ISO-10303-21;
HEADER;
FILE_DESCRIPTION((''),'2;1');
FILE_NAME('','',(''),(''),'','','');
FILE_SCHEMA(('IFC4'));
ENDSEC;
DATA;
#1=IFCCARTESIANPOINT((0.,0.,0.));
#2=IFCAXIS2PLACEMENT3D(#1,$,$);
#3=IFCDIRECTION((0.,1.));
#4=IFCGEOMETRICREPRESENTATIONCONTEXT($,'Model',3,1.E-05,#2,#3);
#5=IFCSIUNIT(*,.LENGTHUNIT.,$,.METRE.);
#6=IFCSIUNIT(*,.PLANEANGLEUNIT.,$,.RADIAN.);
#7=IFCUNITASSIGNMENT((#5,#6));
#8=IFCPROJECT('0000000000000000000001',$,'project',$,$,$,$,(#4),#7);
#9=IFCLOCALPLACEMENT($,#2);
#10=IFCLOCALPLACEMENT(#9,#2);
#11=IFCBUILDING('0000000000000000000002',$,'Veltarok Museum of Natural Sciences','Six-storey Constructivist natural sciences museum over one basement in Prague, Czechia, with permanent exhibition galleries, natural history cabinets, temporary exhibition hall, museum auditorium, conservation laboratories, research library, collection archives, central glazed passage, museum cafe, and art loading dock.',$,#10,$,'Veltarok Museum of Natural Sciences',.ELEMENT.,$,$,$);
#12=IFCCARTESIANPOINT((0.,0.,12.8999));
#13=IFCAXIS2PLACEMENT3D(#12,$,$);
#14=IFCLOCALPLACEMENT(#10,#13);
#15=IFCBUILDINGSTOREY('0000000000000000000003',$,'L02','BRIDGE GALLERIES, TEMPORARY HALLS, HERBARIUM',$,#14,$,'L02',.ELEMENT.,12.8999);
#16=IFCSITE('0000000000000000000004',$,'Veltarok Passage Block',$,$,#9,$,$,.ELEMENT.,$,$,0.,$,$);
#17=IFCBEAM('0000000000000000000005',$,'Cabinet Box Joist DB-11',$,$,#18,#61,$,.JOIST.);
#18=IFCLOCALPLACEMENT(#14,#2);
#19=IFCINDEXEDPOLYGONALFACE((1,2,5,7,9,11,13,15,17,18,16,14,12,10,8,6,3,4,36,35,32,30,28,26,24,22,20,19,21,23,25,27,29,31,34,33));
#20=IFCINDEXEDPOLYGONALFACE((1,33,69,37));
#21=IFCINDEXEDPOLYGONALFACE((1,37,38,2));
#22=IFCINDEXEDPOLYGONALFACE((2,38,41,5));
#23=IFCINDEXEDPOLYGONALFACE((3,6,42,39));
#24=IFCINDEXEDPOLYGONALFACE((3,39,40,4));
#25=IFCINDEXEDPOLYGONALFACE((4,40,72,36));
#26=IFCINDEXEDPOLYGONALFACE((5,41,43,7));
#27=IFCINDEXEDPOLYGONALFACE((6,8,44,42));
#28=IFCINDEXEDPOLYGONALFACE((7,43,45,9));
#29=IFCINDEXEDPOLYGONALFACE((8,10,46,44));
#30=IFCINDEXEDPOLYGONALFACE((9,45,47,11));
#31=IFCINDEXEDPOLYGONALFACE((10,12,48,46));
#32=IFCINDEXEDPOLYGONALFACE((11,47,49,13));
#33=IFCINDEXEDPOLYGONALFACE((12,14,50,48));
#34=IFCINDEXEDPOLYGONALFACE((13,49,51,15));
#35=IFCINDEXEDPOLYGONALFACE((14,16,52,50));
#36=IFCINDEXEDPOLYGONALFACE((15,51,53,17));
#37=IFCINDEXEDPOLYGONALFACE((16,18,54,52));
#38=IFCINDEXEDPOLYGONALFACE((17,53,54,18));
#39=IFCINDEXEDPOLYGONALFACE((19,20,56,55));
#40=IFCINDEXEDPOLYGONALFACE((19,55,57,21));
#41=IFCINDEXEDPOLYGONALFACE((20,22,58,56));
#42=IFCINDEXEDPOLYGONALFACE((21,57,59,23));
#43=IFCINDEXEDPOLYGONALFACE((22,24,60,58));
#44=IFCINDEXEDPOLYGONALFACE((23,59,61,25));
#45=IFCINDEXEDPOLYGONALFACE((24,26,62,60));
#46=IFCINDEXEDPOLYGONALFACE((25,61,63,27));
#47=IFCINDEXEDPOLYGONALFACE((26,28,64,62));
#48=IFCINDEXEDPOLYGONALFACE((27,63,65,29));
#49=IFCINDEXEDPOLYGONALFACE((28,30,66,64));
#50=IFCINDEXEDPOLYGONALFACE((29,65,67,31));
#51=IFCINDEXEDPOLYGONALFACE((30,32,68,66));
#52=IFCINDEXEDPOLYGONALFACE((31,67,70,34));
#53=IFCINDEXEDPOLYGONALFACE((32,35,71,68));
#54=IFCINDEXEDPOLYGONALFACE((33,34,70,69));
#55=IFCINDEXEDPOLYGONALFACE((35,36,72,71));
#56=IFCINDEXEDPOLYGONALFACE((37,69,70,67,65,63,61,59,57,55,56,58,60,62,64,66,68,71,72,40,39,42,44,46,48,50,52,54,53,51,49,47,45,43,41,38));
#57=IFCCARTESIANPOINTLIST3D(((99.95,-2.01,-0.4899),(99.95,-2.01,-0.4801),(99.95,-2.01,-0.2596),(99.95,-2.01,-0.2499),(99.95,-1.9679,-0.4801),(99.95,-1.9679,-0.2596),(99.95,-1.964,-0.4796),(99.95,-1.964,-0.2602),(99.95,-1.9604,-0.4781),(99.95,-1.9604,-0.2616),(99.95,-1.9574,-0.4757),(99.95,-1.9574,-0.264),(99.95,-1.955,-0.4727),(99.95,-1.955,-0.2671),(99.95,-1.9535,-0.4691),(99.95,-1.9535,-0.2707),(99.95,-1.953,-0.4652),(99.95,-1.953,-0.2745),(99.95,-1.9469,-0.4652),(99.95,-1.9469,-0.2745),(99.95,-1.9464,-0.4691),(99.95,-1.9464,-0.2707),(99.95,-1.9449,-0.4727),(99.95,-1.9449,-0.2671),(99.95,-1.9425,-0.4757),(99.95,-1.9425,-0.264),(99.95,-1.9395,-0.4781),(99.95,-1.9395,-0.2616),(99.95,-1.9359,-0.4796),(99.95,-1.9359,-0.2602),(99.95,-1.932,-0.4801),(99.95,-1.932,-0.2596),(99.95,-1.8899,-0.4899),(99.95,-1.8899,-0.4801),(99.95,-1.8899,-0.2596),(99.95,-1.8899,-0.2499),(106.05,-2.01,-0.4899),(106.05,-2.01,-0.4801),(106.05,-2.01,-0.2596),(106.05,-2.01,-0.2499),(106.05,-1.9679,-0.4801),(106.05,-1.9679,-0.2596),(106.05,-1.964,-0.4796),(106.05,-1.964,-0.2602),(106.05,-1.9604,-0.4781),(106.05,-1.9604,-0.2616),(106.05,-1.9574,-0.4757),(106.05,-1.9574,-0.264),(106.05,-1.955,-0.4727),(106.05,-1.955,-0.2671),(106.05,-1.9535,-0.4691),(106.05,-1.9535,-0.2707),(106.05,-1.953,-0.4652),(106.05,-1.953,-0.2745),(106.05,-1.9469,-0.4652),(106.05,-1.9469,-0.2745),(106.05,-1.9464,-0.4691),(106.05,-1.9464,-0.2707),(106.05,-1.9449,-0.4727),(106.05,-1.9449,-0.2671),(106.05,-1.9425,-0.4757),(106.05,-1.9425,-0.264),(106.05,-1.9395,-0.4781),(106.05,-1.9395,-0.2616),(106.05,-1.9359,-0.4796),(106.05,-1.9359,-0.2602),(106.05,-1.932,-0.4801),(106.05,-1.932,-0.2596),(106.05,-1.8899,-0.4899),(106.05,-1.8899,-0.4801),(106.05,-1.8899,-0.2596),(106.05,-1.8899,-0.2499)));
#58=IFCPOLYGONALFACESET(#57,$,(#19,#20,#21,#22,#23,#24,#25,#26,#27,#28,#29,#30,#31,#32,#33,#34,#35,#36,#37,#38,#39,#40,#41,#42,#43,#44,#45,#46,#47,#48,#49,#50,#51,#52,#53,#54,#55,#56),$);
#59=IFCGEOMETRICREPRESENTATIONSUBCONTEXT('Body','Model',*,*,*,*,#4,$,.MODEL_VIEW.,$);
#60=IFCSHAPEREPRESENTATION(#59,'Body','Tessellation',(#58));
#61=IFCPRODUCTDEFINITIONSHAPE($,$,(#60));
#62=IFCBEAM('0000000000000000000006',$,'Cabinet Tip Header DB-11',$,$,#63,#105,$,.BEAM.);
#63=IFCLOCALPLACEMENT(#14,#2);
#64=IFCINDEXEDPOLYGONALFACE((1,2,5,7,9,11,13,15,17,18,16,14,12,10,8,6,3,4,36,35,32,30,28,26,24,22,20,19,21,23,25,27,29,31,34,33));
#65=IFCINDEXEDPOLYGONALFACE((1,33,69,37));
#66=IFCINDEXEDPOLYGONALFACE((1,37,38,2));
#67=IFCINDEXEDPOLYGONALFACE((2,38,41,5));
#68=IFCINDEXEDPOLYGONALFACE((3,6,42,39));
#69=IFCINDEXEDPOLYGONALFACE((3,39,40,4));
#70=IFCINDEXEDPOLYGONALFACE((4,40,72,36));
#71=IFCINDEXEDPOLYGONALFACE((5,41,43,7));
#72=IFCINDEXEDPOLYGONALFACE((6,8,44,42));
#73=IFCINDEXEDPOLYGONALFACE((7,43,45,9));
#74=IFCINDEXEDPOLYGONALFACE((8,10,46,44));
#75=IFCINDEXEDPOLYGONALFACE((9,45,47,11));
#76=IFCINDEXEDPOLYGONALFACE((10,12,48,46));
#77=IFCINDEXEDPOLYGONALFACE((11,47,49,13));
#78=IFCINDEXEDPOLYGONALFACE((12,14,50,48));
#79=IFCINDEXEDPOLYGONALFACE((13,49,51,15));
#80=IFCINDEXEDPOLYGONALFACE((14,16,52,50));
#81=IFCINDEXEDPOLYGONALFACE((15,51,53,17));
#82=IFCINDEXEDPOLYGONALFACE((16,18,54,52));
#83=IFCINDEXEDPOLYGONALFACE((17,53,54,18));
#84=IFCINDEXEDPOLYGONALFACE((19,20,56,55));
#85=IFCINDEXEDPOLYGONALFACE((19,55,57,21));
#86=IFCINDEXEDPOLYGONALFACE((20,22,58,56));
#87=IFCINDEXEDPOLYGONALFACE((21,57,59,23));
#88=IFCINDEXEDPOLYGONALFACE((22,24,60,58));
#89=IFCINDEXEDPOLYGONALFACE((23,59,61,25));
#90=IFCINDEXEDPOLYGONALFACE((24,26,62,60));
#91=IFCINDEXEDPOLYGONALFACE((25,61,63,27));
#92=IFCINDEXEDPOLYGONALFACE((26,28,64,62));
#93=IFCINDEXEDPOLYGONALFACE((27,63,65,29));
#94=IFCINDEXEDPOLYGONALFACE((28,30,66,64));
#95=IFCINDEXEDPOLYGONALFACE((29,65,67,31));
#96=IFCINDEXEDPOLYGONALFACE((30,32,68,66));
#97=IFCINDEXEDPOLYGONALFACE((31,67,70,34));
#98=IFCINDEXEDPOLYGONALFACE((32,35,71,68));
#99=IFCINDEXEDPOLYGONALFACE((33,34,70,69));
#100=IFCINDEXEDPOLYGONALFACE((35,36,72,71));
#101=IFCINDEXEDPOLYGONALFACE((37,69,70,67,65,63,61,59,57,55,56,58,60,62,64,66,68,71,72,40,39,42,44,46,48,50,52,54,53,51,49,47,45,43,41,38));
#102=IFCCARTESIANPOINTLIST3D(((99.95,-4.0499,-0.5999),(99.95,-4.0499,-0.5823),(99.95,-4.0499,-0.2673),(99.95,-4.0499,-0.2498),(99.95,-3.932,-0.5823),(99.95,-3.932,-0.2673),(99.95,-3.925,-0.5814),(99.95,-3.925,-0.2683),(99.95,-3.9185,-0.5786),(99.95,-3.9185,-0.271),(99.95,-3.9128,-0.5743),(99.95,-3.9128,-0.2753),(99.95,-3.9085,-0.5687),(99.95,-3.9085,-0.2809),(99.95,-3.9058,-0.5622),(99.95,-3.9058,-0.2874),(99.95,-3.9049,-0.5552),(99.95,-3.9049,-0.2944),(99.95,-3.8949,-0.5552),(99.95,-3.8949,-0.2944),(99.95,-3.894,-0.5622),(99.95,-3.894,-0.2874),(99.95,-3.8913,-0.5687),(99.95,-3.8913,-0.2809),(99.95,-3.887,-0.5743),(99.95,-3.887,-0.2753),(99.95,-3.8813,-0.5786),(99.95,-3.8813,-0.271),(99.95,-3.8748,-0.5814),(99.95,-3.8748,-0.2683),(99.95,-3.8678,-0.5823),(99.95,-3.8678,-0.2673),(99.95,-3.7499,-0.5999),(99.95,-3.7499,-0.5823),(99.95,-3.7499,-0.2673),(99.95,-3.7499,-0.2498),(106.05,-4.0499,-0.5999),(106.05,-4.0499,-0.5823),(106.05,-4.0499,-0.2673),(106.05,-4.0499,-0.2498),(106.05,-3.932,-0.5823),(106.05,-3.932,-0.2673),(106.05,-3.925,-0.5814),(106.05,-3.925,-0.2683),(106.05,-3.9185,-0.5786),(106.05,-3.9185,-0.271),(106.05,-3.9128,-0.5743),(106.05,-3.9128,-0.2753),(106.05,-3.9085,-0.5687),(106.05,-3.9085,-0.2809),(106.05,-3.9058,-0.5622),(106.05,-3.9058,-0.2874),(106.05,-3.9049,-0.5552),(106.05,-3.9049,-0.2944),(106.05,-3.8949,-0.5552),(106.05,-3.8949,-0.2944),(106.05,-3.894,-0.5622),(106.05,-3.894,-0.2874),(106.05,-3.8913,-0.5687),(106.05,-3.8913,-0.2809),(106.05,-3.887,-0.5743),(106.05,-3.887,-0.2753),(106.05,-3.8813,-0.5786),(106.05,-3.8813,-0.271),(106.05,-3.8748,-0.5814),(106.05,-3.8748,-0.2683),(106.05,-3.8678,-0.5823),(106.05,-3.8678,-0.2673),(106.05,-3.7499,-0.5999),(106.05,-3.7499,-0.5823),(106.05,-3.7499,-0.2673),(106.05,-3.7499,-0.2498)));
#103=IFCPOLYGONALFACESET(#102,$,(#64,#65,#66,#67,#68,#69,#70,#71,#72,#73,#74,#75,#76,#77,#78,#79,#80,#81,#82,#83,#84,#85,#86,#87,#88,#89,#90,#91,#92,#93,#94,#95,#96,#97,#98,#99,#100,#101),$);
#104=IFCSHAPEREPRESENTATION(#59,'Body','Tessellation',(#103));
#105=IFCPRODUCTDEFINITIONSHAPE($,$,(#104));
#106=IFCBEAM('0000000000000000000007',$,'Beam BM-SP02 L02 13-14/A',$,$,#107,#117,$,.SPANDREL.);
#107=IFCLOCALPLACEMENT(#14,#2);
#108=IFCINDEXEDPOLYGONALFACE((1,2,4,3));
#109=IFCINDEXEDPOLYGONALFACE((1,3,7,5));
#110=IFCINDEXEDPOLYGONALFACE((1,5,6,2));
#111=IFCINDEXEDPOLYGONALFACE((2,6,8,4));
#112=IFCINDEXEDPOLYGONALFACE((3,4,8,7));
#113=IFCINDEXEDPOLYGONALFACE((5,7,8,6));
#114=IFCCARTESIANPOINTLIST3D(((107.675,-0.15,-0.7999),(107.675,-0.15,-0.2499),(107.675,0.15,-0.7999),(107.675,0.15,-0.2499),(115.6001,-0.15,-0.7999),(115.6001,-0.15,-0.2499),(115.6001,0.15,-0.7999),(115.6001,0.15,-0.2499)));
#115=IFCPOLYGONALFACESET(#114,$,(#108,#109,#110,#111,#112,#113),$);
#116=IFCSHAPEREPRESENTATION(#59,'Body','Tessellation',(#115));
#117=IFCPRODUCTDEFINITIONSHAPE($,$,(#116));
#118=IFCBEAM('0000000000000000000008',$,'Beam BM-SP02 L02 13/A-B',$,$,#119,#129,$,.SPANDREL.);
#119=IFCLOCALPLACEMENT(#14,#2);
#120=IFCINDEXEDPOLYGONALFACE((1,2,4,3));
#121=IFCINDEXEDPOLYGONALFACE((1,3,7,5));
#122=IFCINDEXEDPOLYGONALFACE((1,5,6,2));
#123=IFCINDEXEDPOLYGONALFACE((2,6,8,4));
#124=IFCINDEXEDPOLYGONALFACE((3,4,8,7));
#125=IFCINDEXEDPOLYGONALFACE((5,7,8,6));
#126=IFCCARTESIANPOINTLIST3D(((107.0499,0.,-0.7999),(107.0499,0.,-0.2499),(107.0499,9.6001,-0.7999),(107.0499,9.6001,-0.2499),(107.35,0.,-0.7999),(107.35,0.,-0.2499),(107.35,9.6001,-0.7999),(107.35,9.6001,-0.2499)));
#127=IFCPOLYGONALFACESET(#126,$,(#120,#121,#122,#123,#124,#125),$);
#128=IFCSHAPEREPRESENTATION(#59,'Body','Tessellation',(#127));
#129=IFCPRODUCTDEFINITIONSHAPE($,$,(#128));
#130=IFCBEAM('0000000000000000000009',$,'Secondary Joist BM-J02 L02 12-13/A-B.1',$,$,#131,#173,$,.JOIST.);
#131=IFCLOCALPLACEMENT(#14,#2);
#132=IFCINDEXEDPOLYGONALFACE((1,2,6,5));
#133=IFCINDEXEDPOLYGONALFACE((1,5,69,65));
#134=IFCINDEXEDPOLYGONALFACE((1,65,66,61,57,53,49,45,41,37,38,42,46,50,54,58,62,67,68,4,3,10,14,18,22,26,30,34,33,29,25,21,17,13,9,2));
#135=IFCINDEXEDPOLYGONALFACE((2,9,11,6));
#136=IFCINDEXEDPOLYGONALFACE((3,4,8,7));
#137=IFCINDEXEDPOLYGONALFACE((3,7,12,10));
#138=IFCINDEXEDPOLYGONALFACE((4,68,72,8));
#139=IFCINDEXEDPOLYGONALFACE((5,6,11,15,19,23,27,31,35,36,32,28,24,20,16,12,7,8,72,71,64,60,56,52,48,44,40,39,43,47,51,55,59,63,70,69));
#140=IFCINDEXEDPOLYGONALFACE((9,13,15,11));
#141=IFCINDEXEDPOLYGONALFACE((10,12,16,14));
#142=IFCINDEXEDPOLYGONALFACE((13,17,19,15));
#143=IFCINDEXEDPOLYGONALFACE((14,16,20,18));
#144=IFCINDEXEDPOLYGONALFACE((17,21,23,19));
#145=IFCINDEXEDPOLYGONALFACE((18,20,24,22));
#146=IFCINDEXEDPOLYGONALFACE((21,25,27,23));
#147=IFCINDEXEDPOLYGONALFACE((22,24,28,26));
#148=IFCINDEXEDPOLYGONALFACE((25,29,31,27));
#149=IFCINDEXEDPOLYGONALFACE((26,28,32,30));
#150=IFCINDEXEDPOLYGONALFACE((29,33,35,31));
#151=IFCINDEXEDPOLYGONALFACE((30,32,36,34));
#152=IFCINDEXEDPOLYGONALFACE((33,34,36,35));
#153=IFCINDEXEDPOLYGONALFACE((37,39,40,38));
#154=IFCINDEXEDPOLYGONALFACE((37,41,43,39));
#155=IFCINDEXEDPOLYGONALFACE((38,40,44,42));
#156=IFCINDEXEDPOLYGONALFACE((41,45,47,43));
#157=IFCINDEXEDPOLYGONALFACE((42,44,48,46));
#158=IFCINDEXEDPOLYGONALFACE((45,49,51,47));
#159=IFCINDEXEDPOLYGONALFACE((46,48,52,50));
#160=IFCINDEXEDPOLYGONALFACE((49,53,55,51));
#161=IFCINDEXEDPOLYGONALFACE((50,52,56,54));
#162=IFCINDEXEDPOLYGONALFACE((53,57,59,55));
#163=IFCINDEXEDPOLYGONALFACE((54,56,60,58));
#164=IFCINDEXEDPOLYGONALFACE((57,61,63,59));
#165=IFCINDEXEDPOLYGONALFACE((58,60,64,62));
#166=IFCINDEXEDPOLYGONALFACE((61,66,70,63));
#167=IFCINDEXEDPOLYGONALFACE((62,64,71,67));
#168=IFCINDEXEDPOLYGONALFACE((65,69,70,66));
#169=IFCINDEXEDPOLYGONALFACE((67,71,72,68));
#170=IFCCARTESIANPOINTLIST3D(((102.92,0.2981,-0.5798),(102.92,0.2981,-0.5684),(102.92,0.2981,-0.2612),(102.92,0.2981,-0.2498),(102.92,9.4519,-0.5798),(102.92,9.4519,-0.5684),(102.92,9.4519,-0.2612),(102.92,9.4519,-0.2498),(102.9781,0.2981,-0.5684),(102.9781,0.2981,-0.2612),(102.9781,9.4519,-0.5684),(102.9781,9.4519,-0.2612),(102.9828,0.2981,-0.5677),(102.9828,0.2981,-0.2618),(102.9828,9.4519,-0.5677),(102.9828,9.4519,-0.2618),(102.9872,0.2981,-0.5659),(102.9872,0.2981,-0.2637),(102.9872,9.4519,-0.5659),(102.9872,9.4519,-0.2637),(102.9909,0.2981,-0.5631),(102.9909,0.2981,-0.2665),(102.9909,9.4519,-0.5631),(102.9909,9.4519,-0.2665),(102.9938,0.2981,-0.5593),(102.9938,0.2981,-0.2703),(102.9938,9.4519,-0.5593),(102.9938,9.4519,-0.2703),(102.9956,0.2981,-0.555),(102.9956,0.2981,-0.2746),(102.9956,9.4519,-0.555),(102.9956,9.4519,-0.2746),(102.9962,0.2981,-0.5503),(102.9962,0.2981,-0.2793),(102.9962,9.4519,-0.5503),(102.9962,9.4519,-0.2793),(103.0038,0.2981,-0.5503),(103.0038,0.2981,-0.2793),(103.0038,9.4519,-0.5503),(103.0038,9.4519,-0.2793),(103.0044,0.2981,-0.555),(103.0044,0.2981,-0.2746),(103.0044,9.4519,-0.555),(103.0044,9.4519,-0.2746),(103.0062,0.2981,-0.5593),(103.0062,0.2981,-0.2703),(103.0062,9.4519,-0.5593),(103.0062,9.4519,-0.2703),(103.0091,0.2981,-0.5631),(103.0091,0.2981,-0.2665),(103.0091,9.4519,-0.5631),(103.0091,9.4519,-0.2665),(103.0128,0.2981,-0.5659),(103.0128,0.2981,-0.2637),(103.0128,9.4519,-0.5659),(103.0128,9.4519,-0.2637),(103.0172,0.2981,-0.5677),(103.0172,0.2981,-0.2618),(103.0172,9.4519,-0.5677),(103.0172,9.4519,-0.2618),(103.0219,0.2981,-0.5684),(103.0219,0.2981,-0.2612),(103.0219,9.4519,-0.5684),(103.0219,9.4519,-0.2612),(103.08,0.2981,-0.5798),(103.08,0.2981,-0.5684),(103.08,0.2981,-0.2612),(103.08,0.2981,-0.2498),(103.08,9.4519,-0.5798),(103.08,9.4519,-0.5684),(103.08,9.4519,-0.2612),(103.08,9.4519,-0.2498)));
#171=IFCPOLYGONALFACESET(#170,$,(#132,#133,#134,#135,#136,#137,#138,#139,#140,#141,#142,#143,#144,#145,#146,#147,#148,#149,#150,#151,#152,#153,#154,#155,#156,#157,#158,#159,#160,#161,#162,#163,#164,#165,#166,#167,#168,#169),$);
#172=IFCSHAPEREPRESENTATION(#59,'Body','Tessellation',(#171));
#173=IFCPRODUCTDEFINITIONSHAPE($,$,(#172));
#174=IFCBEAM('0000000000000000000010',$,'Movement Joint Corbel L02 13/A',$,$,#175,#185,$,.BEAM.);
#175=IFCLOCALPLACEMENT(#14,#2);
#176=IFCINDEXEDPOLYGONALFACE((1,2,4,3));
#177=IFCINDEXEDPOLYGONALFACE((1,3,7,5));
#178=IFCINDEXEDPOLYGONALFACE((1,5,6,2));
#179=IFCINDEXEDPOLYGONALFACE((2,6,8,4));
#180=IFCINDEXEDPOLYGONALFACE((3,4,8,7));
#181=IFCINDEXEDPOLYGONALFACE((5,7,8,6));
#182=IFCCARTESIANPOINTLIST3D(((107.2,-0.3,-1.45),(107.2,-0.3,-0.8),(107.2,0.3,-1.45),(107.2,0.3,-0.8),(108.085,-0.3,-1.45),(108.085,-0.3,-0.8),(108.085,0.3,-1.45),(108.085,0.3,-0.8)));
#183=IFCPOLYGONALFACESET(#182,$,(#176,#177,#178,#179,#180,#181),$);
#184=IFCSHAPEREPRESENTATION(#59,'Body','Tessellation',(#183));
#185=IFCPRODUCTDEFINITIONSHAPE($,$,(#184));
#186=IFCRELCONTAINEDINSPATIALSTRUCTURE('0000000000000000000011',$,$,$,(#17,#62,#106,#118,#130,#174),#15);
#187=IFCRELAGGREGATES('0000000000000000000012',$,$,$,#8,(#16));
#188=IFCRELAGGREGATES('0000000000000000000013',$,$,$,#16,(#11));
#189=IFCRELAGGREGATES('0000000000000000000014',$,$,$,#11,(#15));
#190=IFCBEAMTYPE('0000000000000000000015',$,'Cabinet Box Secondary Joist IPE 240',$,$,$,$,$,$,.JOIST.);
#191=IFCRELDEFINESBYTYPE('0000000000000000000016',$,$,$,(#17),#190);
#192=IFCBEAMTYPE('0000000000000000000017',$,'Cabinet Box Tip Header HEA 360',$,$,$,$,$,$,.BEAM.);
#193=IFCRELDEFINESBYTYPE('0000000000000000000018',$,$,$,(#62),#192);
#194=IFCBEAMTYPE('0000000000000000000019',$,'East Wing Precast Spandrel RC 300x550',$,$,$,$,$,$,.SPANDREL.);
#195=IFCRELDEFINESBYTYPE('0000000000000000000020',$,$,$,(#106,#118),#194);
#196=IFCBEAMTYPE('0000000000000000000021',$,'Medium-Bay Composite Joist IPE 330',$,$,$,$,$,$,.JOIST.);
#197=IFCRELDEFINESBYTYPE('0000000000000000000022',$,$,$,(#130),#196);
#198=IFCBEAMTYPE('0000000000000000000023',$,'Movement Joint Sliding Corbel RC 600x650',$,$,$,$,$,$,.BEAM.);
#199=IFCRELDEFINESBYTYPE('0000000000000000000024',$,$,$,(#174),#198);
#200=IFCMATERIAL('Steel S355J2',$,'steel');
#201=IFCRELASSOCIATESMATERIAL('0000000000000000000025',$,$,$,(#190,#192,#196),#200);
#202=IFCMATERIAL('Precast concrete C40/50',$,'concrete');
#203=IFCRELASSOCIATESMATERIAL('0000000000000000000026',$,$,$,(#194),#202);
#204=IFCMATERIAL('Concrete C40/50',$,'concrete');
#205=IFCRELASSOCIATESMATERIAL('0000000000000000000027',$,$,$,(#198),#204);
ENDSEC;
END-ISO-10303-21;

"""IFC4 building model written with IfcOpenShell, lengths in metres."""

from ifc_helpers import new_model, si_unit, direction, frame, origin, origin_2d, place, context, subcontext, project, spatial, rectangle, i_section, extrude, material, material_profile, profile_set, type_object, element, save


model = new_model("IFC4")

# Units and contexts
model_context = context("Model", 3, precision=1e-05, world=origin(), true_north=direction((0.0, 1.0)))
body_context = subcontext(model_context, "Body", "Model", "MODEL_VIEW")
ifc_project = project(units=[si_unit("LENGTHUNIT", "METRE"), si_unit("PLANEANGLEUNIT", "RADIAN")], contexts=[model_context])

# Site, building, storey
site_placement = place(None, origin())
site = spatial("IfcSite", under=ifc_project, at=site_placement, Name="Veltarok Passage Block", CompositionType="ELEMENT", RefElevation=0.0)
building_placement = place(site_placement, origin())
building = spatial("IfcBuilding", under=site, at=building_placement, Name="Veltarok Museum of Natural Sciences", Description="Six-storey Constructivist natural sciences museum over one basement in Prague, Czechia, with permanent exhibition galleries, natural history cabinets, temporary exhibition hall, museum auditorium, conservation laboratories, research library, collection archives, central glazed passage, museum cafe, and art loading dock.", LongName="Veltarok Museum of Natural Sciences", CompositionType="ELEMENT")
storey_placement = place(building_placement, frame((0.0, 0.0, 12.8999)))
storey = spatial("IfcBuildingStorey", under=building, at=storey_placement, Name="L02", Description="BRIDGE GALLERIES, TEMPORARY HALLS, HERBARIUM", LongName="L02", CompositionType="ELEMENT", Elevation=12.8999)

# Shared definitions
ifc_material_1 = material(Name="Concrete C40/50", Category="concrete")

# Beams
ifc_material_2 = material(Name="Steel S355J2", Category="steel")
ifc_material_profile_1 = material_profile(ifc_material_2, i_section(OverallWidth=0.1201, OverallDepth=0.24, WebThickness=0.0061, FlangeThickness=0.0098, FilletRadius=0.0149, at=origin_2d()), Name="IPE 240")
ifc_profile_set_1 = profile_set([ifc_material_profile_1], Name="Steel S355J2")
beam_type_1 = type_object("IfcBeamType", Name="Cabinet Box Secondary Joist IPE 240", PredefinedType="JOIST", material=ifc_profile_set_1)
for number, where, z_axis, x_axis, name in (
    (1, (99.95, -1.95, -0.3699), (1.0, 0.0, 0.0), (0.0, 1.0, 0.0), "Cabinet Box Joist DB-11"),
):
    element("IfcBeam", number, at=place(storey_placement, frame(where, z_axis=z_axis, x_axis=x_axis)), inside=storey, type_object=beam_type_1, Name=name, PredefinedType="JOIST", context=body_context, shape_type="SweptSolid", body=[
        extrude(i_section(OverallWidth=0.1201, OverallDepth=0.24, WebThickness=0.0061, FlangeThickness=0.0098, FilletRadius=0.0149, at=origin_2d()), origin(), (0.0, 0.0, 1.0), 6.1001),
    ])
ifc_material_profile_2 = material_profile(ifc_material_2, i_section(OverallWidth=0.3, OverallDepth=0.3501, WebThickness=0.01, FlangeThickness=0.0176, FilletRadius=0.0271, at=origin_2d()), Name="HEA 360")
ifc_profile_set_2 = profile_set([ifc_material_profile_2], Name="Steel S355J2")
beam_type_2 = type_object("IfcBeamType", Name="Cabinet Box Tip Header HEA 360", PredefinedType="BEAM", material=ifc_profile_set_2)
beam_1_placement = place(storey_placement, frame((99.95, -3.8999, -0.4248), z_axis=(1.0, 0.0, 0.0), x_axis=(0.0, 1.0, 0.0)))
element("IfcBeam", 2, at=beam_1_placement, inside=storey, type_object=beam_type_2, Name="Cabinet Tip Header DB-11", PredefinedType="BEAM", context=body_context, shape_type="SweptSolid", body=[
    extrude(i_section(OverallWidth=0.3, OverallDepth=0.3501, WebThickness=0.01, FlangeThickness=0.0176, FilletRadius=0.0271, at=origin_2d()), origin(), (0.0, 0.0, 1.0), 6.1001),
])
ifc_material_3 = material(Name="Precast concrete C40/50", Category="concrete")
ifc_material_profile_3 = material_profile(ifc_material_3, rectangle(XDim=0.3, YDim=0.55, at=origin_2d()), Name="RC 300x550")
ifc_profile_set_3 = profile_set([ifc_material_profile_3], Name="Precast concrete C40/50")
beam_type_3 = type_object("IfcBeamType", Name="East Wing Precast Spandrel RC 300x550", PredefinedType="SPANDREL", material=ifc_profile_set_3)
beam_2_placement = place(storey_placement, frame((107.675, 0.0, -0.5249), z_axis=(1.0, 0.0, 0.0), x_axis=(0.0, 1.0, 0.0)))
element("IfcBeam", 3, at=beam_2_placement, inside=storey, type_object=beam_type_3, Name="Beam BM-SP02 L02 13-14/A", PredefinedType="SPANDREL", context=body_context, shape_type="SweptSolid", body=[
    extrude(rectangle(XDim=0.3, YDim=0.55, at=origin_2d()), origin(), (0.0, 0.0, 1.0), 7.925),
])
beam_3_placement = place(storey_placement, frame((107.2, 0.0, -0.5249), z_axis=(0.0, 1.0, 0.0), x_axis=(-1.0, 0.0, 0.0)))
element("IfcBeam", 4, at=beam_3_placement, inside=storey, type_object=beam_type_3, Name="Beam BM-SP02 L02 13/A-B", PredefinedType="SPANDREL", context=body_context, shape_type="SweptSolid", body=[
    extrude(rectangle(XDim=0.3, YDim=0.55, at=origin_2d()), origin(), (0.0, 0.0, 1.0), 9.6001),
])
ifc_material_profile_4 = material_profile(ifc_material_2, i_section(OverallWidth=0.1599, OverallDepth=0.3301, WebThickness=0.0076, FlangeThickness=0.0115, FilletRadius=0.0181, at=origin_2d()), Name="IPE 330")
ifc_profile_set_4 = profile_set([ifc_material_profile_4], Name="Steel S355J2")
beam_type_4 = type_object("IfcBeamType", Name="Medium-Bay Composite Joist IPE 330", PredefinedType="JOIST", material=ifc_profile_set_4)
beam_4_placement = place(storey_placement, frame((103.0, 0.2981, -0.4148), z_axis=(0.0, 1.0, 0.0), x_axis=(-1.0, 0.0, 0.0)))
element("IfcBeam", 5, at=beam_4_placement, inside=storey, type_object=beam_type_4, Name="Secondary Joist BM-J02 L02 12-13/A-B.1", PredefinedType="JOIST", context=body_context, shape_type="SweptSolid", body=[
    extrude(i_section(OverallWidth=0.1599, OverallDepth=0.3301, WebThickness=0.0076, FlangeThickness=0.0115, FilletRadius=0.0181, at=origin_2d()), origin(), (0.0, 0.0, 1.0), 9.1538),
])
ifc_material_profile_5 = material_profile(ifc_material_1, rectangle(XDim=0.6001, YDim=0.6499, at=origin_2d()), Name="RC 600x650")
ifc_profile_set_5 = profile_set([ifc_material_profile_5], Name="Concrete C40/50")
beam_type_5 = type_object("IfcBeamType", Name="Movement Joint Sliding Corbel RC 600x650", PredefinedType="BEAM", material=ifc_profile_set_5)
beam_5_placement = place(storey_placement, frame((107.2, 0.0, -1.125), z_axis=(1.0, 0.0, 0.0), x_axis=(0.0, 1.0, 0.0)))
element("IfcBeam", 6, at=beam_5_placement, inside=storey, type_object=beam_type_5, Name="Movement Joint Corbel L02 13/A", PredefinedType="BEAM", context=body_context, shape_type="SweptSolid", body=[
    extrude(rectangle(XDim=0.6001, YDim=0.6499, at=origin_2d()), origin(), (0.0, 0.0, 1.0), 0.885),
])

save(model, "model.ifc")
